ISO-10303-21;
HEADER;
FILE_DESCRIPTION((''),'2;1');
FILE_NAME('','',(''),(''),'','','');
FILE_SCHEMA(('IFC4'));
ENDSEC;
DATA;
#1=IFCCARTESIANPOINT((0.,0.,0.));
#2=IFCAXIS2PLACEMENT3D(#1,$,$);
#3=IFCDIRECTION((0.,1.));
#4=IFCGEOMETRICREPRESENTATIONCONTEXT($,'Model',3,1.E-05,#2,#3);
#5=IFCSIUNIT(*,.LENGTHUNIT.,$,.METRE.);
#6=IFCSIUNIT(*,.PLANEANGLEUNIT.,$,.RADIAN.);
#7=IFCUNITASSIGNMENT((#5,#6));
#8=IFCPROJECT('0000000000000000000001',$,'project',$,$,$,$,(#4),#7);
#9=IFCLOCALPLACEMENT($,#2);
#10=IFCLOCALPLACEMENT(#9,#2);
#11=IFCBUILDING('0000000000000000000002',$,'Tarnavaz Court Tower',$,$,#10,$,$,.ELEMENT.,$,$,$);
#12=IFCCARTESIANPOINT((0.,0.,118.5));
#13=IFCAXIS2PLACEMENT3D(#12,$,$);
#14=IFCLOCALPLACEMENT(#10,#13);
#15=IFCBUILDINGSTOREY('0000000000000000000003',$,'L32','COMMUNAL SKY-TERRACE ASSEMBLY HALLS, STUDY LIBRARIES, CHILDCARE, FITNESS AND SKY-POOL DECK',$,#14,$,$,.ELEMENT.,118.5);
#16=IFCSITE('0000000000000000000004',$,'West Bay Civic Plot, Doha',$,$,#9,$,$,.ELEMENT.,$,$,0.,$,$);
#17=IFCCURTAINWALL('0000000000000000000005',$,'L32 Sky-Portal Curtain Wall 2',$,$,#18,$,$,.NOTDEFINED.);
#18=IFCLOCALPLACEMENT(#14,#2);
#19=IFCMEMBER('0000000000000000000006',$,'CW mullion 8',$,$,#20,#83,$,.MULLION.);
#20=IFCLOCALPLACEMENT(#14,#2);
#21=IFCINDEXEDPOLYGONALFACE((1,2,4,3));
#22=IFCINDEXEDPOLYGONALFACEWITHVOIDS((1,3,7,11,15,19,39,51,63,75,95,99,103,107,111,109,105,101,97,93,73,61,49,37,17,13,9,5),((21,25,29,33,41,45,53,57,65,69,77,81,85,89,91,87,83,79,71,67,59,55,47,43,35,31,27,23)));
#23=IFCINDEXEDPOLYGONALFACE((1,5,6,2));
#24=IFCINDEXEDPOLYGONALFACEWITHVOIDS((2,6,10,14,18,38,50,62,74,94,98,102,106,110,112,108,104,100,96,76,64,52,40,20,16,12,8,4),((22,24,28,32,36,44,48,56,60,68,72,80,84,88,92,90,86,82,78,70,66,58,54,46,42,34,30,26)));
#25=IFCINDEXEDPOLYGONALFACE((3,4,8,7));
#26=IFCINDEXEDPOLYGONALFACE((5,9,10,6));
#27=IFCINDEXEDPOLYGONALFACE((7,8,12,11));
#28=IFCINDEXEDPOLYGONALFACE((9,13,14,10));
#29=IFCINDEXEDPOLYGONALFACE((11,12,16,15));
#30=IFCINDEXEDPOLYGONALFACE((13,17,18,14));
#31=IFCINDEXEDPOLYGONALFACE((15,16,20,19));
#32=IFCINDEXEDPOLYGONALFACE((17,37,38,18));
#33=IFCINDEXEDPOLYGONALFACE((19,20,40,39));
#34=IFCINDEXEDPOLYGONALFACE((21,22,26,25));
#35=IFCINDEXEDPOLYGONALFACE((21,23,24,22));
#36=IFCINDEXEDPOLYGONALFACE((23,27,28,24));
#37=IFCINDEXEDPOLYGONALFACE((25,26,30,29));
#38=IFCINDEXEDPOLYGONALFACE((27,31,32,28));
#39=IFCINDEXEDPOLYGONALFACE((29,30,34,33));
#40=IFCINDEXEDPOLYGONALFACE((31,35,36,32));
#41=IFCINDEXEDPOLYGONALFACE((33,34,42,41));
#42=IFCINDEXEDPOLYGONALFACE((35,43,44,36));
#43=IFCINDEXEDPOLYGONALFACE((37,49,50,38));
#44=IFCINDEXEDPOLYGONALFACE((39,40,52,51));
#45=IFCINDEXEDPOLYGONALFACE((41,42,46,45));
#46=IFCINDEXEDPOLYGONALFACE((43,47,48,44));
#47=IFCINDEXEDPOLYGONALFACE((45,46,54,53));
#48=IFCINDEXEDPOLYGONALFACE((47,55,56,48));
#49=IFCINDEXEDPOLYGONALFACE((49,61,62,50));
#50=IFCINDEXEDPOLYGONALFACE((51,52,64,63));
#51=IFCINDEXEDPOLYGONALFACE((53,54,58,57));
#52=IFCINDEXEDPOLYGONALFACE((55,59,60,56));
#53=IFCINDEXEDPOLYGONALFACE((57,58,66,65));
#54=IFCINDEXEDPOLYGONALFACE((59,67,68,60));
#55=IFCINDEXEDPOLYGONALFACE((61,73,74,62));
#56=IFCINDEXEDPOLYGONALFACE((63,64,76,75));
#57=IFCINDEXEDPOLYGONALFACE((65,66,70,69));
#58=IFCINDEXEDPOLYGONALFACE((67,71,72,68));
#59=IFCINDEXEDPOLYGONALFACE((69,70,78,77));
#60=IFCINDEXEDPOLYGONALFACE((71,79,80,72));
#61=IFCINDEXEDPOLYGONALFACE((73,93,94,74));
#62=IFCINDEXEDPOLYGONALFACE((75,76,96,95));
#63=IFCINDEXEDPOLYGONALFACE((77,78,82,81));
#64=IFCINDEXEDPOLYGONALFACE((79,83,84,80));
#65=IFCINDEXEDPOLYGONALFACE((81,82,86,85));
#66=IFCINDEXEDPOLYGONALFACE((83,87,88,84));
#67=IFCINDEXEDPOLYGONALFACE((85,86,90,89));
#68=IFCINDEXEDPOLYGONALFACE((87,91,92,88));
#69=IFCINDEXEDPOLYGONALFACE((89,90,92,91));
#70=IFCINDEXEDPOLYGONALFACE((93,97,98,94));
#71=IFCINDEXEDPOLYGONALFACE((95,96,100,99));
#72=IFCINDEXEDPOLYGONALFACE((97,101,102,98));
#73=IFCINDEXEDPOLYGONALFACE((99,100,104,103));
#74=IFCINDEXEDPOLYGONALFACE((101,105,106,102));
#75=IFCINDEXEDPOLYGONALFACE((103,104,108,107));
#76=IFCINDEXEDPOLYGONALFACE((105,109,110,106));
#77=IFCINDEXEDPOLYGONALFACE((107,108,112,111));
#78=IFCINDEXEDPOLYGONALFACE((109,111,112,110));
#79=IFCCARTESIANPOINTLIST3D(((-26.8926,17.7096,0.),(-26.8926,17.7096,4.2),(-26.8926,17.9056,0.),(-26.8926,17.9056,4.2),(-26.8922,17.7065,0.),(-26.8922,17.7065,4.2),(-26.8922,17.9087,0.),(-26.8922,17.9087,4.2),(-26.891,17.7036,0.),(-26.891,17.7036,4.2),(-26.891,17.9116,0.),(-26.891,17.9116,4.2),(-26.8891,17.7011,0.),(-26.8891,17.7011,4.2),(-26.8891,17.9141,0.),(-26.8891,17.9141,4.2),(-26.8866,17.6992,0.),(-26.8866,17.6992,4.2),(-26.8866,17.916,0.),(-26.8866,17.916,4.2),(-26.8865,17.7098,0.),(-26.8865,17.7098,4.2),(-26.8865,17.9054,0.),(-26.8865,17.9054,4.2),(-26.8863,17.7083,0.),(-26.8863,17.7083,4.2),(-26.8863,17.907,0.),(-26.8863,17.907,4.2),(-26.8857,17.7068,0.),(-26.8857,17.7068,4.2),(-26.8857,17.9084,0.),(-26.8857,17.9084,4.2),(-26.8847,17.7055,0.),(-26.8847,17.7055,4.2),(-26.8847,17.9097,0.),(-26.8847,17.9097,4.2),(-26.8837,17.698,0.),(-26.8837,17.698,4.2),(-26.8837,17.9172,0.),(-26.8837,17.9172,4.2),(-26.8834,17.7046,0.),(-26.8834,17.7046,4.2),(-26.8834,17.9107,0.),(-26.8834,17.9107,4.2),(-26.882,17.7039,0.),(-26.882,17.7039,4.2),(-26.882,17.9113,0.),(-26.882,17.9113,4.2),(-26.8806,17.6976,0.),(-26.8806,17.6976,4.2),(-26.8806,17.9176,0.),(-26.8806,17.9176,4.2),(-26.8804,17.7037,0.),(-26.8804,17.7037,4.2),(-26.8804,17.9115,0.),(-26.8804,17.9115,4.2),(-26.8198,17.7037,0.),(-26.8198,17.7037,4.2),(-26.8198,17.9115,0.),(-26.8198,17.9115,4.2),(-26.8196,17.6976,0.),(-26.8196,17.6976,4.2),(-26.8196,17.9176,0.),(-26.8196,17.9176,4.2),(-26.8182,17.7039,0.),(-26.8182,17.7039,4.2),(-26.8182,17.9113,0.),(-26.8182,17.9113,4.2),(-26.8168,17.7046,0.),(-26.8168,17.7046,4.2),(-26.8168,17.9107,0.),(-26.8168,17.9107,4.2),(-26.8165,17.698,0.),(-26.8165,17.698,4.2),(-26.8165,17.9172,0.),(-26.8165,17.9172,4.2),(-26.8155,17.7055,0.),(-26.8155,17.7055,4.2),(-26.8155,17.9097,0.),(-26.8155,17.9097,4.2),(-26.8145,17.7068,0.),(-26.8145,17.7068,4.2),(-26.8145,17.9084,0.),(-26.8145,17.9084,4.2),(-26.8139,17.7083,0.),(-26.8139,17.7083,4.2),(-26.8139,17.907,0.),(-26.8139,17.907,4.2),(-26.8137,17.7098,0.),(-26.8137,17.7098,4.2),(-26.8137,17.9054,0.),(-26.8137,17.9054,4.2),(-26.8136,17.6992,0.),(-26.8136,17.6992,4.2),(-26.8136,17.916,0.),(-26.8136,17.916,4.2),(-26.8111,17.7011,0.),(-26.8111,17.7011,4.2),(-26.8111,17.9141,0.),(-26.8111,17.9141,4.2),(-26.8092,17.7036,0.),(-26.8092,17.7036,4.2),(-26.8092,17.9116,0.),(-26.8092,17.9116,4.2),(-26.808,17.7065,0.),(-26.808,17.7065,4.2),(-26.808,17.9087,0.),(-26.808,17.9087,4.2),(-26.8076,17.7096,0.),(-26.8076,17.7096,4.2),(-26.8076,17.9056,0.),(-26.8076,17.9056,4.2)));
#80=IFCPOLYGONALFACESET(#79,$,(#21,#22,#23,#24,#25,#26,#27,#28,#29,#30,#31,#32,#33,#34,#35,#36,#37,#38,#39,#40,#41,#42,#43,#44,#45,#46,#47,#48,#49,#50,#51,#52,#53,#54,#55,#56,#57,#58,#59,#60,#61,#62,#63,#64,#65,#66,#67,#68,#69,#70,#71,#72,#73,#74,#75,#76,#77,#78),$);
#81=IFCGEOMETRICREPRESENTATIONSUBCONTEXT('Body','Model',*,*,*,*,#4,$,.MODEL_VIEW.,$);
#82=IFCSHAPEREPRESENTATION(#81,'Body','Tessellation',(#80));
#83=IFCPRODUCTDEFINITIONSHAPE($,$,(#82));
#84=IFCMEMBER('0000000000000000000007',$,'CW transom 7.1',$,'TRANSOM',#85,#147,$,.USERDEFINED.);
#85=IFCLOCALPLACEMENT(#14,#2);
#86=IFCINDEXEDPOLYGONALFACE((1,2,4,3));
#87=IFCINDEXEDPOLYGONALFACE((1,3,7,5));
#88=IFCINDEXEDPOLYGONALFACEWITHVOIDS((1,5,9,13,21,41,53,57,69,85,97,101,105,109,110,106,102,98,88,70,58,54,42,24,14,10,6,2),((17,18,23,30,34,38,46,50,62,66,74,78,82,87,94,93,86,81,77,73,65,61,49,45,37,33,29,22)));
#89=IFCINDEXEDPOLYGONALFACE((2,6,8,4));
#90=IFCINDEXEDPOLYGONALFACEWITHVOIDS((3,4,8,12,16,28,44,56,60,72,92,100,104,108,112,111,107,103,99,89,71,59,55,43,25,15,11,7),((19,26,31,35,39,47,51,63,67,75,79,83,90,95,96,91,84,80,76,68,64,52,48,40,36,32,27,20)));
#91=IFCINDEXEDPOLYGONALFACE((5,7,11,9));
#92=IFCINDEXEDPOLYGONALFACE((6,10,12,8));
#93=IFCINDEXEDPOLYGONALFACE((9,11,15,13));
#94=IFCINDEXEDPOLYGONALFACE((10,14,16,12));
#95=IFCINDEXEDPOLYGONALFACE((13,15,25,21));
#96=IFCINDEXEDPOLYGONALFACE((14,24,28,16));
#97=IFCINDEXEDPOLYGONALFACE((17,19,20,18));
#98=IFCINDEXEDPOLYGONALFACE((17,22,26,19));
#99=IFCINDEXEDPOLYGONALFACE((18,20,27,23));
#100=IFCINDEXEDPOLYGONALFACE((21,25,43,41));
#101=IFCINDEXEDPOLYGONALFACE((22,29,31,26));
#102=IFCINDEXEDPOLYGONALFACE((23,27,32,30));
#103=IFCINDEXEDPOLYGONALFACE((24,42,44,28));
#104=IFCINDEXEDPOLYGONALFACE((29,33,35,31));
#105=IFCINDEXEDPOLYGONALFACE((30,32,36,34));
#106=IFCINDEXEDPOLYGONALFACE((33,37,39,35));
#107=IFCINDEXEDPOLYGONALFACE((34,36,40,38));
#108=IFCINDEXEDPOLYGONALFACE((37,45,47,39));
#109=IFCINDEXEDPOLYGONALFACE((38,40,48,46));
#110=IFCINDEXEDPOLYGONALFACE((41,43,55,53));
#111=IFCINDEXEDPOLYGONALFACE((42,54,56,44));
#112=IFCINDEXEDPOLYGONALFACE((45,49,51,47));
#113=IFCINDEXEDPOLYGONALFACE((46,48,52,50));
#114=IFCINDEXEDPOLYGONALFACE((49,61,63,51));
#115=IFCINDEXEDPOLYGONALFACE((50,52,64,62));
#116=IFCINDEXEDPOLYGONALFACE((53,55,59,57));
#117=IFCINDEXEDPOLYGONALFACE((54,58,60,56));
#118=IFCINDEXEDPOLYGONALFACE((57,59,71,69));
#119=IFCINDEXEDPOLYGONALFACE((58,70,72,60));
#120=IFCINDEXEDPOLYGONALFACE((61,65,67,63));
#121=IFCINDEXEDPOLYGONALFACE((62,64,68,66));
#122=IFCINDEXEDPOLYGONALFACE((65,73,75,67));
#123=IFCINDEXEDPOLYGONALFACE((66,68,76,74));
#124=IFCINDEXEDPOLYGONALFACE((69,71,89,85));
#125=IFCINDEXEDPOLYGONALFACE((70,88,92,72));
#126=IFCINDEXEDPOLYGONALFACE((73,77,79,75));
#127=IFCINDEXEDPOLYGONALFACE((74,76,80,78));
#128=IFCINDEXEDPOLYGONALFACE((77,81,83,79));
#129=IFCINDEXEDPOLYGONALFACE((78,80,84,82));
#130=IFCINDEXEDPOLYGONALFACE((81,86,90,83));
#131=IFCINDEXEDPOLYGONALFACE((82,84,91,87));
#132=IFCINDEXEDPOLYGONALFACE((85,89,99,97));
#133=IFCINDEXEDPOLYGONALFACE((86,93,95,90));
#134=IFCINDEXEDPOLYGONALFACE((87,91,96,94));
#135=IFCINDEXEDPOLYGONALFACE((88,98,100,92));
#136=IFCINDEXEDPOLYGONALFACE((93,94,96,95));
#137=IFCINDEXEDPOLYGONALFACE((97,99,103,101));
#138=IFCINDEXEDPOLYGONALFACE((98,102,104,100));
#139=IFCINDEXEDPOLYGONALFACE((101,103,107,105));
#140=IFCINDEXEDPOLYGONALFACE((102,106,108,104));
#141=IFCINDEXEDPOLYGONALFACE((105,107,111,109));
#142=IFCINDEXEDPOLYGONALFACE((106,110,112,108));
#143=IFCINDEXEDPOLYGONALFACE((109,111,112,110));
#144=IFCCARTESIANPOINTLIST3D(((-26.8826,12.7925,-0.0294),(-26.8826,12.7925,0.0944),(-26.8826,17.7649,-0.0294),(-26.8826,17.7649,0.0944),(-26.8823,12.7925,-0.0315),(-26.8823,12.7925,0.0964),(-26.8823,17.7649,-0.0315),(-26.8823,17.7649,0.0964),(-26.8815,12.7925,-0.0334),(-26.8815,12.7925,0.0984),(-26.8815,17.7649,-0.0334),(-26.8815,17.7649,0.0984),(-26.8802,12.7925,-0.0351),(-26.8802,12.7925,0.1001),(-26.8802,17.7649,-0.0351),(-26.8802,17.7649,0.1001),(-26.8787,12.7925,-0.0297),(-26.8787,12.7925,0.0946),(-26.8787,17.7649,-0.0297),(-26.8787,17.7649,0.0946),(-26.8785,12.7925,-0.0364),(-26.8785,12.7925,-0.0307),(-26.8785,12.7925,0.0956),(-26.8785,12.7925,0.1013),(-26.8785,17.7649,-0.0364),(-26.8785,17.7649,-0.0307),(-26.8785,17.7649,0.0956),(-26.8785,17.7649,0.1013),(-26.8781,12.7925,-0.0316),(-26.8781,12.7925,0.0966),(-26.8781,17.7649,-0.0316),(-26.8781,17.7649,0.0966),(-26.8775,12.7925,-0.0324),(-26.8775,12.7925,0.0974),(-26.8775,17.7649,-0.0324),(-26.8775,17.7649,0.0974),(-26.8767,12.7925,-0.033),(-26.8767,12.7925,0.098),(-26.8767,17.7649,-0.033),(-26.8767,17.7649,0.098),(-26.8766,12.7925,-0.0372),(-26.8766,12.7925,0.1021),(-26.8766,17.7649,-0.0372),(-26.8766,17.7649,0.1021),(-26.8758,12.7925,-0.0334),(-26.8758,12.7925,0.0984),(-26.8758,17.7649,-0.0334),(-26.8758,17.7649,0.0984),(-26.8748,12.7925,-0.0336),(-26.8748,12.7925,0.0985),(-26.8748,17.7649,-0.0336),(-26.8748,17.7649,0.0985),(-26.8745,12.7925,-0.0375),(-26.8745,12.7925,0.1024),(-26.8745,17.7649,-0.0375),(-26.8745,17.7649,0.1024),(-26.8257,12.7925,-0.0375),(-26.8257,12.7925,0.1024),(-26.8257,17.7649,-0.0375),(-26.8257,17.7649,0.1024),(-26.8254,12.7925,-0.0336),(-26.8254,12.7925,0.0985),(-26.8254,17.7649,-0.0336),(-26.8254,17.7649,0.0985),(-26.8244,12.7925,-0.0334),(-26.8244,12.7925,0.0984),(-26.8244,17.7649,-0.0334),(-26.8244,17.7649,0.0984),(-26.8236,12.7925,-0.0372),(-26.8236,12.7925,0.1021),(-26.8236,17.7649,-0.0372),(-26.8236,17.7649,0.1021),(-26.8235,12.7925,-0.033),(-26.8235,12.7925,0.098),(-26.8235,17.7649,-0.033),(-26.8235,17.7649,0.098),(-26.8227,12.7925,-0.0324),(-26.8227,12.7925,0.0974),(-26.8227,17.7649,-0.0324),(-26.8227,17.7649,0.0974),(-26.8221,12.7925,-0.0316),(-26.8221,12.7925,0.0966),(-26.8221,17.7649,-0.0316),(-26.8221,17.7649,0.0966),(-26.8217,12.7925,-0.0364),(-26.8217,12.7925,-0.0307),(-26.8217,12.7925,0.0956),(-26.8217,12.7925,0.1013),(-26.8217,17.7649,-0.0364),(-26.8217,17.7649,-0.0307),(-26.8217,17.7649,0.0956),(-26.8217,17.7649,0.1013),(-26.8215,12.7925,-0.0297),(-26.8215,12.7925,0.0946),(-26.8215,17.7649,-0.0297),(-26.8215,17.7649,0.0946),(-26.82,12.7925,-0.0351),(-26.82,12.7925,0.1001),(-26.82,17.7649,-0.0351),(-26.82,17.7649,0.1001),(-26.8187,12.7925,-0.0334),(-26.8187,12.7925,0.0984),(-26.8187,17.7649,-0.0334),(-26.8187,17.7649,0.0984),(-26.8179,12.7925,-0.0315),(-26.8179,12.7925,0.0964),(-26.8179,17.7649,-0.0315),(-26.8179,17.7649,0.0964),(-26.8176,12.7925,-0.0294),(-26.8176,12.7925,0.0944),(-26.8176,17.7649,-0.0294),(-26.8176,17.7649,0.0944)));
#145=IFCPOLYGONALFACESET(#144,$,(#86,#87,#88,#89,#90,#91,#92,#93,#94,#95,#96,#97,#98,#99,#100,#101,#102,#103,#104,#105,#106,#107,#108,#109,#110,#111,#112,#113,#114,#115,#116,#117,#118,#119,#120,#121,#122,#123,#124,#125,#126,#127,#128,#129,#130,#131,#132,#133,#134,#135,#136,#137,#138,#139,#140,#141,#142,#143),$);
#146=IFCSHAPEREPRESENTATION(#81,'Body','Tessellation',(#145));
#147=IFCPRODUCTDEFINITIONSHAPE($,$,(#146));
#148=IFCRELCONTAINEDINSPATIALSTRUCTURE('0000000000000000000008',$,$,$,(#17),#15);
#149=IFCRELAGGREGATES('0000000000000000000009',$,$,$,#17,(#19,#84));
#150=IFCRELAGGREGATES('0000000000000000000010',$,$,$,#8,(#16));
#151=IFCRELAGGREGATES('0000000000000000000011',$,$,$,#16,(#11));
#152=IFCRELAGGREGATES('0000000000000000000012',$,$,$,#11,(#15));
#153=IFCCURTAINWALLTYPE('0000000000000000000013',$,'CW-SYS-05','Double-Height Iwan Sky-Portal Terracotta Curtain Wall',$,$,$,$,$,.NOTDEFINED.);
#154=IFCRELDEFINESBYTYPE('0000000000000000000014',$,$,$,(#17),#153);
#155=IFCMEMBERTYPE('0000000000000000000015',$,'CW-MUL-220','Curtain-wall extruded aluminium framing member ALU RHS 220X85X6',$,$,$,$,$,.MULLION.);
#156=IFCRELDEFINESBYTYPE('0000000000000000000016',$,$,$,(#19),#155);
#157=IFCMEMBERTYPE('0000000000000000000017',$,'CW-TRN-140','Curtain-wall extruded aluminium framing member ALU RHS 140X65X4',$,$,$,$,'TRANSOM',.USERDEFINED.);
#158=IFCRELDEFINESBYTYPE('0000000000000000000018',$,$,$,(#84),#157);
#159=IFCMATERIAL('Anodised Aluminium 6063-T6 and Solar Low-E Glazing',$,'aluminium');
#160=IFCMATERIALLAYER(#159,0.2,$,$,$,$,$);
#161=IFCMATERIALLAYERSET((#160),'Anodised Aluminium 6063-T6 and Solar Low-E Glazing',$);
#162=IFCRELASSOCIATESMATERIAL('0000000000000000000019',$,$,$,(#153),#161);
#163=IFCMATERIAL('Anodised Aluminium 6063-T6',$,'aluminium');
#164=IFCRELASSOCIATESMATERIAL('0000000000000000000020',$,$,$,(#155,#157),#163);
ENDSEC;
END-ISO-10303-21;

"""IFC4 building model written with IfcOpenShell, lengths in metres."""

from ifc_helpers import new_model, si_unit, direction, frame, origin, origin_2d, place, context, subcontext, project, spatial, hollow_rectangle, extrude, material, layer, layer_set, material_profile, profile_set, type_object, element, aggregate, save


model = new_model("IFC4")

# Units and contexts
model_context = context("Model", 3, precision=1e-05, world=origin(), true_north=direction((0.0, 1.0)))
body_context = subcontext(model_context, "Body", "Model", "MODEL_VIEW")
ifc_project = project(units=[si_unit("LENGTHUNIT", "METRE"), si_unit("PLANEANGLEUNIT", "RADIAN")], contexts=[model_context])

# Site, building, storey
site_placement = place(None, origin())
site = spatial("IfcSite", under=ifc_project, at=site_placement, Name="West Bay Civic Plot, Doha", CompositionType="ELEMENT", RefElevation=0.0)
building_placement = place(site_placement, origin())
building = spatial("IfcBuilding", under=site, at=building_placement, Name="Tarnavaz Court Tower", CompositionType="ELEMENT")
storey_placement = place(building_placement, frame((0.0, 0.0, 118.5)))
storey = spatial("IfcBuildingStorey", under=building, at=storey_placement, Name="L32", Description="COMMUNAL SKY-TERRACE ASSEMBLY HALLS, STUDY LIBRARIES, CHILDCARE, FITNESS AND SKY-POOL DECK", CompositionType="ELEMENT", Elevation=118.5)

# Curtain wall, members
ifc_material_1 = material(Name="Anodised Aluminium 6063-T6 and Solar Low-E Glazing", Category="aluminium")
ifc_layer_1 = layer(ifc_material_1, 0.2)
ifc_layer_set_1 = layer_set([ifc_layer_1], Name="Anodised Aluminium 6063-T6 and Solar Low-E Glazing")
curtain_wall_type = type_object("IfcCurtainWallType", Name="CW-SYS-05", Description="Double-Height Iwan Sky-Portal Terracotta Curtain Wall", PredefinedType="NOTDEFINED", material=ifc_layer_set_1)
curtain_wall_placement = place(storey_placement, origin())
curtain_wall = element("IfcCurtainWall", 1, at=curtain_wall_placement, inside=storey, type_object=curtain_wall_type, Name="L32 Sky-Portal Curtain Wall 2", PredefinedType="NOTDEFINED")
ifc_material_2 = material(Name="Anodised Aluminium 6063-T6", Category="aluminium")
ifc_material_profile_1 = material_profile(ifc_material_2, hollow_rectangle(XDim=0.085, YDim=0.22, WallThickness=0.0061, InnerFilletRadius=0.0061, OuterFilletRadius=0.012, at=origin_2d()), Name="ALU RHS 220X85X6")
ifc_profile_set_1 = profile_set([ifc_material_profile_1], Name="Anodised Aluminium 6063-T6")
member_type_1 = type_object("IfcMemberType", Name="CW-MUL-220", Description="Curtain-wall extruded aluminium framing member ALU RHS 220X85X6", PredefinedType="MULLION", material=ifc_profile_set_1)
member_1_placement = place(storey_placement, frame((-26.8501, 17.8076, 0.0), z_axis=(0.0, 0.0, 1.0), x_axis=(-1.0, 0.0, 0.0)))
member_1 = element("IfcMember", 2, at=member_1_placement, type_object=member_type_1, Name="CW mullion 8", PredefinedType="MULLION", context=body_context, shape_type="SweptSolid", body=[
    extrude(hollow_rectangle(XDim=0.085, YDim=0.22, WallThickness=0.0061, InnerFilletRadius=0.0061, OuterFilletRadius=0.012, at=origin_2d()), origin(), (0.0, 0.0, 1.0), 4.2),
])
ifc_material_profile_2 = material_profile(ifc_material_2, hollow_rectangle(XDim=0.0649, YDim=0.1399, WallThickness=0.0039, InnerFilletRadius=0.0039, OuterFilletRadius=0.0081, at=origin_2d()), Name="ALU RHS 140X65X4")
ifc_profile_set_2 = profile_set([ifc_material_profile_2], Name="Anodised Aluminium 6063-T6")
member_type_2 = type_object("IfcMemberType", Name="CW-TRN-140", Description="Curtain-wall extruded aluminium framing member ALU RHS 140X65X4", ElementType="TRANSOM", PredefinedType="USERDEFINED", material=ifc_profile_set_2)
member_2_placement = place(storey_placement, frame((-26.8501, 12.7925, 0.0325), z_axis=(0.0, 1.0, 0.0), x_axis=(-1.0, 0.0, 0.0)))
member_2 = element("IfcMember", 3, at=member_2_placement, type_object=member_type_2, Name="CW transom 7.1", ObjectType="TRANSOM", PredefinedType="USERDEFINED", context=body_context, shape_type="SweptSolid", body=[
    extrude(hollow_rectangle(XDim=0.0649, YDim=0.1399, WallThickness=0.0039, InnerFilletRadius=0.0039, OuterFilletRadius=0.0081, at=origin_2d()), origin(), (0.0, 0.0, 1.0), 4.9724),
])
aggregate(curtain_wall, [member_1, member_2])

save(model, "model.ifc")
